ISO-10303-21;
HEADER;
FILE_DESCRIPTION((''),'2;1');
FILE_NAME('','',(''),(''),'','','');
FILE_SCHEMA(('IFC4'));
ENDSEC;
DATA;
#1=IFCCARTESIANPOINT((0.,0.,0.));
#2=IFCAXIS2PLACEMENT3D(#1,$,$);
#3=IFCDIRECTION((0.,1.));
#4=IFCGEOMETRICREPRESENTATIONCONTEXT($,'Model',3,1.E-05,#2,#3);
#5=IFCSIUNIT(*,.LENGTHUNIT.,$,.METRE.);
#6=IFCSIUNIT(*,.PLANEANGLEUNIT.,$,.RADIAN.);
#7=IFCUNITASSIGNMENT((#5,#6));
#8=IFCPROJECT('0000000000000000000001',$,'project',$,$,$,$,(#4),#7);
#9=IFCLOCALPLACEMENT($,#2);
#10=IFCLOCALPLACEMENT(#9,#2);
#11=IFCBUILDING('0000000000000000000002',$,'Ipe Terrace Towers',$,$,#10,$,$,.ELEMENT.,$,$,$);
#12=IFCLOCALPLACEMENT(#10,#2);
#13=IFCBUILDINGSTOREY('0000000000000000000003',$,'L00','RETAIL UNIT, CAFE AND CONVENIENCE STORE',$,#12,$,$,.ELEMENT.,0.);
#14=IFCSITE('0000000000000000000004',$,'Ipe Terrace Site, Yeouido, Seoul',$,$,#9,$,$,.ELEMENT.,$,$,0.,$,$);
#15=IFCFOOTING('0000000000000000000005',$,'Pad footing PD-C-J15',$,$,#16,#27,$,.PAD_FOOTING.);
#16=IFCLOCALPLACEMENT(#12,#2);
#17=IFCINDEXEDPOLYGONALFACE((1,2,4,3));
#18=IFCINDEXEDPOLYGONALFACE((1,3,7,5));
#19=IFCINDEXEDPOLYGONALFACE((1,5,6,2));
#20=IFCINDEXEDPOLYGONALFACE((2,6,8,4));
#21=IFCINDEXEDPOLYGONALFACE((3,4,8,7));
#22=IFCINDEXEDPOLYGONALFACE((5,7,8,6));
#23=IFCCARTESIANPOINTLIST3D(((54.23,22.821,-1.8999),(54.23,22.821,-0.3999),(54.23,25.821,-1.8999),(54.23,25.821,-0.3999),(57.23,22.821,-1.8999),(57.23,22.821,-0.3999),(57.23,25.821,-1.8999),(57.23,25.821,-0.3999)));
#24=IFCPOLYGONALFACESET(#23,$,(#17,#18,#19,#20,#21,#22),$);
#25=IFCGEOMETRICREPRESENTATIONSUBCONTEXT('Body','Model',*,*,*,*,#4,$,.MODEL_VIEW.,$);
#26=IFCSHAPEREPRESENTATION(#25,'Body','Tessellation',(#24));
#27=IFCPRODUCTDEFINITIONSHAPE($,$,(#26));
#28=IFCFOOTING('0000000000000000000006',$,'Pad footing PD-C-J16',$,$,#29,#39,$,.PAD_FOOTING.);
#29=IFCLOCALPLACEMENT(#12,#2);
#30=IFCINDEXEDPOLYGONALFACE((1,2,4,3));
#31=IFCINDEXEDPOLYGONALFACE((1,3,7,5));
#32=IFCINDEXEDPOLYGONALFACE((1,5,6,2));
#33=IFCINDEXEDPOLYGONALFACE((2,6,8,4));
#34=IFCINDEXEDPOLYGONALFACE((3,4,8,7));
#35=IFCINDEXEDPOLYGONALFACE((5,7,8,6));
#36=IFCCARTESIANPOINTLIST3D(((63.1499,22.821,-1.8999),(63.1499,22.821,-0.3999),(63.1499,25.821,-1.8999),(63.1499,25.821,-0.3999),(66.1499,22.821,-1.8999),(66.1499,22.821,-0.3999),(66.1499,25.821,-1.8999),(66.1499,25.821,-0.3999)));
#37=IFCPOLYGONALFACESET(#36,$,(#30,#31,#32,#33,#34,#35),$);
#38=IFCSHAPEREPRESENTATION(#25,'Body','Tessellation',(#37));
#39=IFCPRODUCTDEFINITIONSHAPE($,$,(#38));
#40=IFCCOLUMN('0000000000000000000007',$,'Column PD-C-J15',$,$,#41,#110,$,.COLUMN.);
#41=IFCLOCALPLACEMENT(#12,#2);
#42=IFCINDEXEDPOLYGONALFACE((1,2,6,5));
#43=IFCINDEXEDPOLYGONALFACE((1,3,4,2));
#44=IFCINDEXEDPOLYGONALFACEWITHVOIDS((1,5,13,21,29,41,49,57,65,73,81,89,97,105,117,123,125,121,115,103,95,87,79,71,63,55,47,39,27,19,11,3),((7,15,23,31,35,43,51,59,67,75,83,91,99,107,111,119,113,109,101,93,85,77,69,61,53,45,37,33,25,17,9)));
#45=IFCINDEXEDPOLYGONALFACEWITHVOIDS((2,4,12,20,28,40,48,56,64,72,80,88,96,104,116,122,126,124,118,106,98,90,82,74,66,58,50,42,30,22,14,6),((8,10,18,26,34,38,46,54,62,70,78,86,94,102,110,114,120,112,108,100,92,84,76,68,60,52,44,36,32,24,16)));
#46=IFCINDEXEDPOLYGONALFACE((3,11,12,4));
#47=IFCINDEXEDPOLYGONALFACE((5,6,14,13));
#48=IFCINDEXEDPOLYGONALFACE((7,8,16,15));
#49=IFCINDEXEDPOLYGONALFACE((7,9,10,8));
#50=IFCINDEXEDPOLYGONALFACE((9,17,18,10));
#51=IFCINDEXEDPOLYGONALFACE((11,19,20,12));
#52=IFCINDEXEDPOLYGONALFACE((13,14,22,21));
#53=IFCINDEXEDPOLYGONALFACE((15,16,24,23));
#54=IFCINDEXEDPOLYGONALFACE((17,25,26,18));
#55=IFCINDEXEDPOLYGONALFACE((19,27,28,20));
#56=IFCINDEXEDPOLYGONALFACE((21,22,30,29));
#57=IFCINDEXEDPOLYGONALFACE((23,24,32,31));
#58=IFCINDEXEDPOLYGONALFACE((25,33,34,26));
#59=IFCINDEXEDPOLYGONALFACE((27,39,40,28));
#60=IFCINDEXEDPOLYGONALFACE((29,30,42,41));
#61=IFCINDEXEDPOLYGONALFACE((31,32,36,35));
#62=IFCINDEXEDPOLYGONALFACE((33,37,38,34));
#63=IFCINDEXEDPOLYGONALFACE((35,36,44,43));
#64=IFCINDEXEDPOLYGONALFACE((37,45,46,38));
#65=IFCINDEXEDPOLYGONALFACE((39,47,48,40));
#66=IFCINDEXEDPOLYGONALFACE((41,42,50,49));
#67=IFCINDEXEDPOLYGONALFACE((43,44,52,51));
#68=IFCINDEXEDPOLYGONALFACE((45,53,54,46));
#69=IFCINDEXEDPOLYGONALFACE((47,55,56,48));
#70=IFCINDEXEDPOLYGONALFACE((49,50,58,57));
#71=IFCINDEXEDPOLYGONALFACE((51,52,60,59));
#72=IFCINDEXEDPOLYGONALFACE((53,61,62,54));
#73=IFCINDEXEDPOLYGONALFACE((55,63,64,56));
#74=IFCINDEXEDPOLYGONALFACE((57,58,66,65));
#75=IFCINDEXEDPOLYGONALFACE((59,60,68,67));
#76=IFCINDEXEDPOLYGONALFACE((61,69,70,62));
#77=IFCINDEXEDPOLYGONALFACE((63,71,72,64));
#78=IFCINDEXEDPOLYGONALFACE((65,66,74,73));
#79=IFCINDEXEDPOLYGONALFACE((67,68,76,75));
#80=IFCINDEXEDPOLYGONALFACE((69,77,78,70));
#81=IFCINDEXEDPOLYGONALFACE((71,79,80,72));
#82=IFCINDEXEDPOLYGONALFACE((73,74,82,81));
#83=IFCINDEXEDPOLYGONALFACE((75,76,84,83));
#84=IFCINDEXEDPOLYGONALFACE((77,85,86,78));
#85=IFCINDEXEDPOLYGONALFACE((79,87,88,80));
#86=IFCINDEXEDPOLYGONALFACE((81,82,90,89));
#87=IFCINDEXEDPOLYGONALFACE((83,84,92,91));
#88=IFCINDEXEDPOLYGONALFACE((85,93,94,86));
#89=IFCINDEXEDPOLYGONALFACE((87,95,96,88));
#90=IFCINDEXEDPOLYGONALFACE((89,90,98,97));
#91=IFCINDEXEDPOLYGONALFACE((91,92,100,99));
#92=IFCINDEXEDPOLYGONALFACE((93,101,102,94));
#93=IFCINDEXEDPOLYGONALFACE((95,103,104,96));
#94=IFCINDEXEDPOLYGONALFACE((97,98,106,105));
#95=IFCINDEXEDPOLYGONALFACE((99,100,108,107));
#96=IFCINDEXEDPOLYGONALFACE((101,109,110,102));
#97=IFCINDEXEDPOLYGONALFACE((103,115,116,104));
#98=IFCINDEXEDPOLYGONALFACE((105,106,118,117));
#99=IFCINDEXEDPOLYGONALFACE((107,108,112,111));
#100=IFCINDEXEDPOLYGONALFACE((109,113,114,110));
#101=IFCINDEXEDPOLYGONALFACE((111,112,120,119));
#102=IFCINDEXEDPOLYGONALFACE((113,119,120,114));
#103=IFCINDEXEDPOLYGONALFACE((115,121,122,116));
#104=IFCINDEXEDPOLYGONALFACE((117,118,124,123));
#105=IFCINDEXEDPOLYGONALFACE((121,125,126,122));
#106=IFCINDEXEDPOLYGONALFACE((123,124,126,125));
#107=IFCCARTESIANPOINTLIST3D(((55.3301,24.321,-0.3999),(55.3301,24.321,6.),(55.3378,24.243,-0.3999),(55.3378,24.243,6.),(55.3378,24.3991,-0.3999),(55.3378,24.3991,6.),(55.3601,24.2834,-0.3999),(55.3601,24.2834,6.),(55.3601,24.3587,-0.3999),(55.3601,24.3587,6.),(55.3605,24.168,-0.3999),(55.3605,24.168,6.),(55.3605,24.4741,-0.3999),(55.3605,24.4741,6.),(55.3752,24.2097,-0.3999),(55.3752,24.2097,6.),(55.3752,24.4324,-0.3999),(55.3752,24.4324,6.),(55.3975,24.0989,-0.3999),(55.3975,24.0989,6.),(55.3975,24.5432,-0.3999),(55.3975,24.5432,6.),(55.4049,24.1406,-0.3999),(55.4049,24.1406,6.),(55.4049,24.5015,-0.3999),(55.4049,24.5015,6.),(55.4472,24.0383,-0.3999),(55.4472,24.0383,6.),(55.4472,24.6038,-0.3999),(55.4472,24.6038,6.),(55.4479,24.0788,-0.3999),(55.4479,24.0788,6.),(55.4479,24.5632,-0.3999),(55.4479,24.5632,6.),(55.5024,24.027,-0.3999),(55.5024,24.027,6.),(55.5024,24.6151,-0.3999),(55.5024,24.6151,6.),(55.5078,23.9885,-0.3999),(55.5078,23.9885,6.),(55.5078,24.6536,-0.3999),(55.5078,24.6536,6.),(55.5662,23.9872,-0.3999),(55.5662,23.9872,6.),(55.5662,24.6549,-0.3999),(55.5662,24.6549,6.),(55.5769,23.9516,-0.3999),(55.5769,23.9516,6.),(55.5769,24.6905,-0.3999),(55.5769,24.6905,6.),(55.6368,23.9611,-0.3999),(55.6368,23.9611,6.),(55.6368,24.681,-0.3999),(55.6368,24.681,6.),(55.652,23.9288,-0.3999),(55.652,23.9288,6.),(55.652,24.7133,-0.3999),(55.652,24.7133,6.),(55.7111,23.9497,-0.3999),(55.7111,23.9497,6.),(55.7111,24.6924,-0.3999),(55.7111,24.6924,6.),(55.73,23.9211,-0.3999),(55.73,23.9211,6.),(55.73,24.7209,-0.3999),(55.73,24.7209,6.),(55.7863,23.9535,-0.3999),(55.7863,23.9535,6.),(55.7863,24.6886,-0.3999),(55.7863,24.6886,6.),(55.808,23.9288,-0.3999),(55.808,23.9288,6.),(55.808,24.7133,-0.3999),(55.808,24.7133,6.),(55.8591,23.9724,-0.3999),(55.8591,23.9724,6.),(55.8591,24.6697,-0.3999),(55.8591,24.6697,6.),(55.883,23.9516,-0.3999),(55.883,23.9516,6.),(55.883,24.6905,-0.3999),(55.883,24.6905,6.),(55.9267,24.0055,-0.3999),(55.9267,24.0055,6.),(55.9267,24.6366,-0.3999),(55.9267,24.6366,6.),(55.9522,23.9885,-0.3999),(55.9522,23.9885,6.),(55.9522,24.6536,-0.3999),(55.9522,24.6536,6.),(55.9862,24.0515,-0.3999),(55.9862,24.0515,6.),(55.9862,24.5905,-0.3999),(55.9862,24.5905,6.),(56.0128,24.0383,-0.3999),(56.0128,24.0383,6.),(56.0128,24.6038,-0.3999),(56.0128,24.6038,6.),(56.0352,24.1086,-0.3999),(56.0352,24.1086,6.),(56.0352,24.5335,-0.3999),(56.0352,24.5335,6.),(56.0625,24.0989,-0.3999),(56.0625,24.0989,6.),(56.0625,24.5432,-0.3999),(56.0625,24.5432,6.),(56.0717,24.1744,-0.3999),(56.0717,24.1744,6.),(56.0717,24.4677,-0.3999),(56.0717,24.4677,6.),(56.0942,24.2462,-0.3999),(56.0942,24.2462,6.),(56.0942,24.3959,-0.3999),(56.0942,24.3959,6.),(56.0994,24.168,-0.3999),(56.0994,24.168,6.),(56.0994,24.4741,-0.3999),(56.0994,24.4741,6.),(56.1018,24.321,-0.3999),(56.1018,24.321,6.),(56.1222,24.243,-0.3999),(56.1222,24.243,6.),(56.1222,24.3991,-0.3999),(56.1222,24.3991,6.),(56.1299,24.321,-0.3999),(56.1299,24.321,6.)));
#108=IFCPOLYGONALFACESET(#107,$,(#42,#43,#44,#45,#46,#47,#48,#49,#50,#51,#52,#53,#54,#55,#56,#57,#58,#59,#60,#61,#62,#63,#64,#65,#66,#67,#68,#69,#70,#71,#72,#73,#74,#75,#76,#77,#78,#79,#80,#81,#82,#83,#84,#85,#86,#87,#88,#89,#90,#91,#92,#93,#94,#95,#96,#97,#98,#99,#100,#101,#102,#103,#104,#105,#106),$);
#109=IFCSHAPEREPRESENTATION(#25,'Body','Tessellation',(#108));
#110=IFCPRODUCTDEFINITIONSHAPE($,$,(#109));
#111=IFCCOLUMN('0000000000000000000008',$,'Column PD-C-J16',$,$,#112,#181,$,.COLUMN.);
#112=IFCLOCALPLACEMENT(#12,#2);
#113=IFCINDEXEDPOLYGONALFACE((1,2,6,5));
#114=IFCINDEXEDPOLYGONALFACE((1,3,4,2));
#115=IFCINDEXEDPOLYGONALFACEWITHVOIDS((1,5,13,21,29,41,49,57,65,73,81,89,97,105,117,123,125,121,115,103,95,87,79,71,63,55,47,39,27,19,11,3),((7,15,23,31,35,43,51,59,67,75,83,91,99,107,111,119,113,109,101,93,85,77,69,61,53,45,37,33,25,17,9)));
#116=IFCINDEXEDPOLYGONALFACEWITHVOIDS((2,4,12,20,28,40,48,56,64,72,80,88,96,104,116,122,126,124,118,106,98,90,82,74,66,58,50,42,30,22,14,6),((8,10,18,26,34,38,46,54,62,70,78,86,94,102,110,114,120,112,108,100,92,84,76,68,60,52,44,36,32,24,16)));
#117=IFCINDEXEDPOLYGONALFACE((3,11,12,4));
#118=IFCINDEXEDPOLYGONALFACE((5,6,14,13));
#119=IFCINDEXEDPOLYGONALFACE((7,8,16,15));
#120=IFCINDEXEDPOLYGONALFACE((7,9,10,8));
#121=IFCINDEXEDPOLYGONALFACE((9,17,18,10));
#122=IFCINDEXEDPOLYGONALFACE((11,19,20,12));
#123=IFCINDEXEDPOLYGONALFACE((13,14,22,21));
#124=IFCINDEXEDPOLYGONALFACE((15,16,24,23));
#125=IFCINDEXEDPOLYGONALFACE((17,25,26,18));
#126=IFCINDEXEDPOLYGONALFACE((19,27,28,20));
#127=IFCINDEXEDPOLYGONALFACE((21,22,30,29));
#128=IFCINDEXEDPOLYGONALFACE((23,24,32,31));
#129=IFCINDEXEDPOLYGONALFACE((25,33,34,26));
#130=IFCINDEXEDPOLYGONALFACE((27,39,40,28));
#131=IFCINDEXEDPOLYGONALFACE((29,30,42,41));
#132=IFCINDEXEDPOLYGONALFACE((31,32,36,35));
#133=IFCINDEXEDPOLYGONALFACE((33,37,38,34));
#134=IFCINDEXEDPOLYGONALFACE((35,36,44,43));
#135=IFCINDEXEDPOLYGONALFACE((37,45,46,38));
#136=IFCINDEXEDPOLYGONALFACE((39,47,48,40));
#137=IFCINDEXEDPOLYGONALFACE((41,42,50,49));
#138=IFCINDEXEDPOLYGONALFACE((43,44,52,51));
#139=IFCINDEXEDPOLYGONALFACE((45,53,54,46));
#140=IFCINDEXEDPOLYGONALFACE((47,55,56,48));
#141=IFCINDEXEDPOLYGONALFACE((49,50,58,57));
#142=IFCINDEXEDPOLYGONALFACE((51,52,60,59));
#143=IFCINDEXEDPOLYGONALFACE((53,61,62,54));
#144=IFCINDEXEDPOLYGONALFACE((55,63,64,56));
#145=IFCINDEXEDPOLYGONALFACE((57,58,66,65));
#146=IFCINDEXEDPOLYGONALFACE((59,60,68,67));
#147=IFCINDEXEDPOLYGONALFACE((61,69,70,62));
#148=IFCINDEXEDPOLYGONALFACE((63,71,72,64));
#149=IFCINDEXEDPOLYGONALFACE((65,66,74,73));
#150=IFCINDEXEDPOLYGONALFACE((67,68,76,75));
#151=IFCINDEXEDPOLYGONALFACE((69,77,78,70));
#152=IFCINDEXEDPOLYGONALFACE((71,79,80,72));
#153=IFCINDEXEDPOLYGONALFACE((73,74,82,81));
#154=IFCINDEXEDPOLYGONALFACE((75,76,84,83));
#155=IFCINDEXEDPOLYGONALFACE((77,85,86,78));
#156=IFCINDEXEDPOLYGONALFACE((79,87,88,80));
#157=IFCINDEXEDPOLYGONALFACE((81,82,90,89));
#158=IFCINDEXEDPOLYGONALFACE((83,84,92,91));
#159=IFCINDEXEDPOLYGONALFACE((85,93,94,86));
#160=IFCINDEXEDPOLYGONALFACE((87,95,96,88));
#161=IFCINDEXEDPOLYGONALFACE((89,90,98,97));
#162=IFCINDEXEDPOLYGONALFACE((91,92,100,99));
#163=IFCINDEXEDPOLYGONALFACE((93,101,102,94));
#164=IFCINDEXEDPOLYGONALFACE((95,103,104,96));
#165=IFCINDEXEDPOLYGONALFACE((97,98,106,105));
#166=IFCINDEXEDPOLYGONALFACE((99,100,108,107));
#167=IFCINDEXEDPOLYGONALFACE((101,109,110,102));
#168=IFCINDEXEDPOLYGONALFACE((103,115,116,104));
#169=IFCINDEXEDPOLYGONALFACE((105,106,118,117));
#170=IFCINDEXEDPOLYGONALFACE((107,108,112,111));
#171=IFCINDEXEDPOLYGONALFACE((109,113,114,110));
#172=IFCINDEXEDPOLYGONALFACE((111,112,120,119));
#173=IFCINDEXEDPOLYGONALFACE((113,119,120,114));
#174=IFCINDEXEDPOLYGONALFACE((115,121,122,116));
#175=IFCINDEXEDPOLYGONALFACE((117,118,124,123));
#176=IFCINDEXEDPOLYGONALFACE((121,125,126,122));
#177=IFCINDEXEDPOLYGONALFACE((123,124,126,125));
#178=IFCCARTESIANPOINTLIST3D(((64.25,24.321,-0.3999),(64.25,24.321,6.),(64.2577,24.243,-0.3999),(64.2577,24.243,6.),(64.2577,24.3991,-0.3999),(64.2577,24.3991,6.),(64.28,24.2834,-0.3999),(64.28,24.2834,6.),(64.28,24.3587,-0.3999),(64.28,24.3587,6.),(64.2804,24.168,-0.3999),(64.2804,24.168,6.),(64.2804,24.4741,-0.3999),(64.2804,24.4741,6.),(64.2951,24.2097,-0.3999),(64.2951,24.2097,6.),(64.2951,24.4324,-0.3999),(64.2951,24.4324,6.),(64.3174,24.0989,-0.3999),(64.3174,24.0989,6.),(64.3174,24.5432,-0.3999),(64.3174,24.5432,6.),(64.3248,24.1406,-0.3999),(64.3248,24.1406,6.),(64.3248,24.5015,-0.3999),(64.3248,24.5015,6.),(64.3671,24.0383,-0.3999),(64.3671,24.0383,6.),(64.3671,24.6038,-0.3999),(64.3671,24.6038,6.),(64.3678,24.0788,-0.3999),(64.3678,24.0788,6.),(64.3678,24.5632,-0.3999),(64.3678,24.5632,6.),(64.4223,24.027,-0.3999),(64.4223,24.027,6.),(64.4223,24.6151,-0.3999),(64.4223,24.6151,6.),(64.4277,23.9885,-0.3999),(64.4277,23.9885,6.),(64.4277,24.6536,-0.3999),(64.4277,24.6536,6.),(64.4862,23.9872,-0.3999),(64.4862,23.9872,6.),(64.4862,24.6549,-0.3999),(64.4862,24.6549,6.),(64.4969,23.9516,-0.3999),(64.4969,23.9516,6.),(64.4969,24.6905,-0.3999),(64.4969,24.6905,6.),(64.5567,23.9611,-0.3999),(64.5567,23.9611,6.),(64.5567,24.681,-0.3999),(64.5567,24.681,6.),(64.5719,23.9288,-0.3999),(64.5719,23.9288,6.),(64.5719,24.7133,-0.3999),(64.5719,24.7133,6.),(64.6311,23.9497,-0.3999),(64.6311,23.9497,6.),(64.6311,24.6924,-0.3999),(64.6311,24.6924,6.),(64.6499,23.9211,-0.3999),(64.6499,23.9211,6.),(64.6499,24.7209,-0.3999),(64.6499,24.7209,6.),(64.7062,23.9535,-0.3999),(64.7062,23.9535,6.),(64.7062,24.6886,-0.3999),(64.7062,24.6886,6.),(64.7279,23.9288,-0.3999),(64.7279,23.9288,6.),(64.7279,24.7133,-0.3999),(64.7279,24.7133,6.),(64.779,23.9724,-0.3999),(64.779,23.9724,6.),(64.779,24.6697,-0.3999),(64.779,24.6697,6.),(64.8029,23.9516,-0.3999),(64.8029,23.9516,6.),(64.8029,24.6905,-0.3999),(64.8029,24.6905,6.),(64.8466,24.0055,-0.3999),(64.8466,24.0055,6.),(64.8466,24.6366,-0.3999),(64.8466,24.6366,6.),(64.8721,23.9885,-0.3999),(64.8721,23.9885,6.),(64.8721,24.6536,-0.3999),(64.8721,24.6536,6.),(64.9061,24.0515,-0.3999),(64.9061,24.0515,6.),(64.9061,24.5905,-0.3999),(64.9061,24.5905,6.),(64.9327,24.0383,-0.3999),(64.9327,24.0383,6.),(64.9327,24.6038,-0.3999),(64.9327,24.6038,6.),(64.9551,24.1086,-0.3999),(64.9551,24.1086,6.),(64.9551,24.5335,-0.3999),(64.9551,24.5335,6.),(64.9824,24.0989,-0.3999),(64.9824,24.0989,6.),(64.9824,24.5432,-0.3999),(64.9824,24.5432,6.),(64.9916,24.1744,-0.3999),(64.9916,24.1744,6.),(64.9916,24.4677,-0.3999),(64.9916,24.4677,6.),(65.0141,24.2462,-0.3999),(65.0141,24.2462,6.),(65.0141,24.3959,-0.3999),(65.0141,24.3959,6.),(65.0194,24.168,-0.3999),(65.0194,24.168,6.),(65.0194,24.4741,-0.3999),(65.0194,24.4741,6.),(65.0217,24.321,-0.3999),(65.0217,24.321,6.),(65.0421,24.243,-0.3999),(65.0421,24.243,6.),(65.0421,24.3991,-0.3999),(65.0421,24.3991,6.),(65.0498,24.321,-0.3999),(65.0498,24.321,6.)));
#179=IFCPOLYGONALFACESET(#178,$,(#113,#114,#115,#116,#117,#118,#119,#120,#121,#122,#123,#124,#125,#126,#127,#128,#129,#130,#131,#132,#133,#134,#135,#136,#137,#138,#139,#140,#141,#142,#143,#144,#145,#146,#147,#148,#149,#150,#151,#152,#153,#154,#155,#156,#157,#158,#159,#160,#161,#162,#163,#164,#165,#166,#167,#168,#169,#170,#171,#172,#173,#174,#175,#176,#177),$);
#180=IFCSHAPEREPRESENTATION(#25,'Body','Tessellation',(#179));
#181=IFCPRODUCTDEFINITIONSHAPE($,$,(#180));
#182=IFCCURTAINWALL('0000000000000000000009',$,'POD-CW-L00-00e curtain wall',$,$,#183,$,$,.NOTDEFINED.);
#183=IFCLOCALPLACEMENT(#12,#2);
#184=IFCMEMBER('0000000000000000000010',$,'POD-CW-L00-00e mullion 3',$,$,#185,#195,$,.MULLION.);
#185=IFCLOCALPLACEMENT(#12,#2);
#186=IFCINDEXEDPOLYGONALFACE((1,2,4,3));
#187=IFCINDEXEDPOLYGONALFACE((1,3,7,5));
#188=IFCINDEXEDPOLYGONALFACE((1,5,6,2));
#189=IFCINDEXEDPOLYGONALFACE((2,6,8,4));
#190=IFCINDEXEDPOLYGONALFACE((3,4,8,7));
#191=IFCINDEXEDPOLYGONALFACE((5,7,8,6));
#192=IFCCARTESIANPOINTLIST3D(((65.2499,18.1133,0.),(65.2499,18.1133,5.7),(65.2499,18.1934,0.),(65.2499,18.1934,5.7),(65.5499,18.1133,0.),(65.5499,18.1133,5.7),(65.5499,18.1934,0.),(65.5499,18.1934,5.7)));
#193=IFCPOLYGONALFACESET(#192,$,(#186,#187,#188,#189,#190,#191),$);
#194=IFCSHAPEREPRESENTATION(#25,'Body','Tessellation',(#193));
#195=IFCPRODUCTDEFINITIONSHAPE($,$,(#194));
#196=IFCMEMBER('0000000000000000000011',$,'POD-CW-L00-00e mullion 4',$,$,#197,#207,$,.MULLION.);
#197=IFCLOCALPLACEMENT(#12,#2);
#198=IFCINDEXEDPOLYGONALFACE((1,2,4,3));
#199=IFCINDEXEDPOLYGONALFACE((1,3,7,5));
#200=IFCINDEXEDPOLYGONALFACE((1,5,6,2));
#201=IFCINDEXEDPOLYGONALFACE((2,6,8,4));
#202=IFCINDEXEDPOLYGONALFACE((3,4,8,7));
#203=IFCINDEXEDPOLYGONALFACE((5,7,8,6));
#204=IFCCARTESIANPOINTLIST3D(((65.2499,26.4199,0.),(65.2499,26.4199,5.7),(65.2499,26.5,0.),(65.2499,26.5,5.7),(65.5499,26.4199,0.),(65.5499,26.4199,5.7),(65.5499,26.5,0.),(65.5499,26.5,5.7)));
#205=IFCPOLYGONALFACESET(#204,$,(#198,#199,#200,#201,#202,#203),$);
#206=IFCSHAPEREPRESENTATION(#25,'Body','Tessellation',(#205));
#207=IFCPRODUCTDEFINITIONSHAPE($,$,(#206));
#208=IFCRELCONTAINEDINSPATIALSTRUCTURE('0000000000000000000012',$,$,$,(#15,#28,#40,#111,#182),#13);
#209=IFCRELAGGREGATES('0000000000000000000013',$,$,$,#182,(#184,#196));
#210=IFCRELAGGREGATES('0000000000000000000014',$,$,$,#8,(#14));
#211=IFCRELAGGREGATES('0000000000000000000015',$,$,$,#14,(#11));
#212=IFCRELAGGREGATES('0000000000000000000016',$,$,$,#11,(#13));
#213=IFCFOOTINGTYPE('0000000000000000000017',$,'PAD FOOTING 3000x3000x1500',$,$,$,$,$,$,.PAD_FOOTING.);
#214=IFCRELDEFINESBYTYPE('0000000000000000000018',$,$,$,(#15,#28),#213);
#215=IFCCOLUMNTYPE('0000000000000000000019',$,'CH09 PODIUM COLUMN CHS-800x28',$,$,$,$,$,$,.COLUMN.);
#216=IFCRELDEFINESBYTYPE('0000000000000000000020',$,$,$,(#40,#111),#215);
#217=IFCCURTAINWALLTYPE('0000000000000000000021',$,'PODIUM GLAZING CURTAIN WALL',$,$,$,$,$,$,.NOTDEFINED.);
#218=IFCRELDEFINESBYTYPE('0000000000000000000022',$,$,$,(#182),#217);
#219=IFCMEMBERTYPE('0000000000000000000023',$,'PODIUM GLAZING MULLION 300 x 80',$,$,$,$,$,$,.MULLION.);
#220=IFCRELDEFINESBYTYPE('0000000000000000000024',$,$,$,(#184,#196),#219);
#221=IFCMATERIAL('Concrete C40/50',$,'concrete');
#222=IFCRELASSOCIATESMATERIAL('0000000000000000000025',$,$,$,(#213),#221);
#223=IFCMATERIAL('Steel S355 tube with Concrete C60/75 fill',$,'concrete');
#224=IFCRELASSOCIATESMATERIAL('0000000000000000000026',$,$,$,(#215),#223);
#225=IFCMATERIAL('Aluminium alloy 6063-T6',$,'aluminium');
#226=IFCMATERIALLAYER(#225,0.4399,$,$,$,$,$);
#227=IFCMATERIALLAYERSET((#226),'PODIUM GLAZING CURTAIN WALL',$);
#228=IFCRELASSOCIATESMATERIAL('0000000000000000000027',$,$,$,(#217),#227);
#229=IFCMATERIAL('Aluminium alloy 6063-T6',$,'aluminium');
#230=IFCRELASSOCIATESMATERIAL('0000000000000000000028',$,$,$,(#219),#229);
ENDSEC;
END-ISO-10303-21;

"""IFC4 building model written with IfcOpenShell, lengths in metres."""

from ifc_helpers import new_model, si_unit, direction, frame, origin, origin_2d, place, context, subcontext, project, spatial, rectangle, hollow_circle, extrude, material, layer, layer_set, material_profile, profile_set, type_object, element, aggregate, save


model = new_model("IFC4")

# Units and contexts
model_context = context("Model", 3, precision=1e-05, world=origin(), true_north=direction((0.0, 1.0)))
body_context = subcontext(model_context, "Body", "Model", "MODEL_VIEW")
ifc_project = project(units=[si_unit("LENGTHUNIT", "METRE"), si_unit("PLANEANGLEUNIT", "RADIAN")], contexts=[model_context])

# Site, building, storey
site_placement = place(None, origin())
site = spatial("IfcSite", under=ifc_project, at=site_placement, Name="Ipe Terrace Site, Yeouido, Seoul", CompositionType="ELEMENT", RefElevation=0.0)
building_placement = place(site_placement, origin())
building = spatial("IfcBuilding", under=site, at=building_placement, Name="Ipe Terrace Towers", CompositionType="ELEMENT")
storey_placement = place(building_placement, origin())
storey = spatial("IfcBuildingStorey", under=building, at=storey_placement, Name="L00", Description="RETAIL UNIT, CAFE AND CONVENIENCE STORE", CompositionType="ELEMENT", Elevation=0.0)

# Footings
ifc_material_1 = material(Name="Concrete C40/50", Category="concrete")
footing_type = type_object("IfcFootingType", Name="PAD FOOTING 3000x3000x1500", PredefinedType="PAD_FOOTING", material=ifc_material_1)
for number, where, z_axis, x_axis, name in (
    (1, (55.73, 24.321, -1.8999), (0.0, 0.0, 1.0), (1.0, 0.0, 0.0), "Pad footing PD-C-J15"),
    (2, (64.6499, 24.321, -1.8999), (0.0, 0.0, 1.0), (1.0, 0.0, 0.0), "Pad footing PD-C-J16"),
):
    element("IfcFooting", number, at=place(storey_placement, frame(where, z_axis=z_axis, x_axis=x_axis)), inside=storey, type_object=footing_type, Name=name, PredefinedType="PAD_FOOTING", context=body_context, shape_type="SweptSolid", body=[
        extrude(rectangle(XDim=3.0, YDim=3.0, at=origin_2d()), origin(), (0.0, 0.0, 1.0), 1.5),
    ])

# Columns
ifc_material_2 = material(Name="Steel S355 tube with Concrete C60/75 fill", Category="concrete")
ifc_material_profile_1 = material_profile(ifc_material_2, hollow_circle(Radius=0.3999, WallThickness=0.0281, at=origin_2d()), Name="CHS-800x28")
ifc_profile_set_1 = profile_set([ifc_material_profile_1], Name="Steel S355 tube with Concrete C60/75 fill")
column_type = type_object("IfcColumnType", Name="CH09 PODIUM COLUMN CHS-800x28", PredefinedType="COLUMN", material=ifc_profile_set_1)
for number, where, z_axis, x_axis, name in (
    (3, (55.73, 24.321, -0.3999), (0.0, 0.0, 1.0), (1.0, 0.0, 0.0), "Column PD-C-J15"),
    (4, (64.6499, 24.321, -0.3999), (0.0, 0.0, 1.0), (1.0, 0.0, 0.0), "Column PD-C-J16"),
):
    element("IfcColumn", number, at=place(storey_placement, frame(where, z_axis=z_axis, x_axis=x_axis)), inside=storey, type_object=column_type, Name=name, PredefinedType="COLUMN", context=body_context, shape_type="SweptSolid", body=[
        extrude(hollow_circle(Radius=0.3999, WallThickness=0.0281, at=origin_2d()), origin(), (0.0, 0.0, 1.0), 6.3999),
    ])

# Curtain wall, members
ifc_material_3 = material(Name="Aluminium alloy 6063-T6", Category="aluminium")
ifc_layer_1 = layer(ifc_material_3, 0.4399)
ifc_layer_set_1 = layer_set([ifc_layer_1], Name="PODIUM GLAZING CURTAIN WALL")
curtain_wall_type = type_object("IfcCurtainWallType", Name="PODIUM GLAZING CURTAIN WALL", PredefinedType="NOTDEFINED", material=ifc_layer_set_1)
curtain_wall_placement = place(storey_placement, origin())
curtain_wall = element("IfcCurtainWall", 5, at=curtain_wall_placement, inside=storey, type_object=curtain_wall_type, Name="POD-CW-L00-00e curtain wall", PredefinedType="NOTDEFINED")
ifc_material_4 = material(Name="Aluminium alloy 6063-T6", Category="aluminium")
ifc_material_profile_2 = material_profile(ifc_material_4, rectangle(XDim=0.3, YDim=0.0801, at=origin_2d()), Name="PODIUM GLAZING MULLION 300 x 80")
ifc_profile_set_2 = profile_set([ifc_material_profile_2], Name="Aluminium alloy 6063-T6")
member_type = type_object("IfcMemberType", Name="PODIUM GLAZING MULLION 300 x 80", PredefinedType="MULLION", material=ifc_profile_set_2)
member_1_placement = place(storey_placement, frame((65.3999, 18.1533, 0.0), z_axis=(0.0, 0.0, 1.0), x_axis=(1.0, 0.0, 0.0)))
member_1 = element("IfcMember", 6, at=member_1_placement, type_object=member_type, Name="POD-CW-L00-00e mullion 3", PredefinedType="MULLION", context=body_context, shape_type="SweptSolid", body=[
    extrude(rectangle(XDim=0.3, YDim=0.0801, at=origin_2d()), origin(), (0.0, 0.0, 1.0), 5.7),
])
member_2_placement = place(storey_placement, frame((65.3999, 26.46, 0.0), z_axis=(0.0, 0.0, 1.0), x_axis=(1.0, 0.0, 0.0)))
member_2 = element("IfcMember", 7, at=member_2_placement, type_object=member_type, Name="POD-CW-L00-00e mullion 4", PredefinedType="MULLION", context=body_context, shape_type="SweptSolid", body=[
    extrude(rectangle(XDim=0.3, YDim=0.0801, at=origin_2d()), origin(), (0.0, 0.0, 1.0), 5.7),
])
aggregate(curtain_wall, [member_1, member_2])

save(model, "model.ifc")
